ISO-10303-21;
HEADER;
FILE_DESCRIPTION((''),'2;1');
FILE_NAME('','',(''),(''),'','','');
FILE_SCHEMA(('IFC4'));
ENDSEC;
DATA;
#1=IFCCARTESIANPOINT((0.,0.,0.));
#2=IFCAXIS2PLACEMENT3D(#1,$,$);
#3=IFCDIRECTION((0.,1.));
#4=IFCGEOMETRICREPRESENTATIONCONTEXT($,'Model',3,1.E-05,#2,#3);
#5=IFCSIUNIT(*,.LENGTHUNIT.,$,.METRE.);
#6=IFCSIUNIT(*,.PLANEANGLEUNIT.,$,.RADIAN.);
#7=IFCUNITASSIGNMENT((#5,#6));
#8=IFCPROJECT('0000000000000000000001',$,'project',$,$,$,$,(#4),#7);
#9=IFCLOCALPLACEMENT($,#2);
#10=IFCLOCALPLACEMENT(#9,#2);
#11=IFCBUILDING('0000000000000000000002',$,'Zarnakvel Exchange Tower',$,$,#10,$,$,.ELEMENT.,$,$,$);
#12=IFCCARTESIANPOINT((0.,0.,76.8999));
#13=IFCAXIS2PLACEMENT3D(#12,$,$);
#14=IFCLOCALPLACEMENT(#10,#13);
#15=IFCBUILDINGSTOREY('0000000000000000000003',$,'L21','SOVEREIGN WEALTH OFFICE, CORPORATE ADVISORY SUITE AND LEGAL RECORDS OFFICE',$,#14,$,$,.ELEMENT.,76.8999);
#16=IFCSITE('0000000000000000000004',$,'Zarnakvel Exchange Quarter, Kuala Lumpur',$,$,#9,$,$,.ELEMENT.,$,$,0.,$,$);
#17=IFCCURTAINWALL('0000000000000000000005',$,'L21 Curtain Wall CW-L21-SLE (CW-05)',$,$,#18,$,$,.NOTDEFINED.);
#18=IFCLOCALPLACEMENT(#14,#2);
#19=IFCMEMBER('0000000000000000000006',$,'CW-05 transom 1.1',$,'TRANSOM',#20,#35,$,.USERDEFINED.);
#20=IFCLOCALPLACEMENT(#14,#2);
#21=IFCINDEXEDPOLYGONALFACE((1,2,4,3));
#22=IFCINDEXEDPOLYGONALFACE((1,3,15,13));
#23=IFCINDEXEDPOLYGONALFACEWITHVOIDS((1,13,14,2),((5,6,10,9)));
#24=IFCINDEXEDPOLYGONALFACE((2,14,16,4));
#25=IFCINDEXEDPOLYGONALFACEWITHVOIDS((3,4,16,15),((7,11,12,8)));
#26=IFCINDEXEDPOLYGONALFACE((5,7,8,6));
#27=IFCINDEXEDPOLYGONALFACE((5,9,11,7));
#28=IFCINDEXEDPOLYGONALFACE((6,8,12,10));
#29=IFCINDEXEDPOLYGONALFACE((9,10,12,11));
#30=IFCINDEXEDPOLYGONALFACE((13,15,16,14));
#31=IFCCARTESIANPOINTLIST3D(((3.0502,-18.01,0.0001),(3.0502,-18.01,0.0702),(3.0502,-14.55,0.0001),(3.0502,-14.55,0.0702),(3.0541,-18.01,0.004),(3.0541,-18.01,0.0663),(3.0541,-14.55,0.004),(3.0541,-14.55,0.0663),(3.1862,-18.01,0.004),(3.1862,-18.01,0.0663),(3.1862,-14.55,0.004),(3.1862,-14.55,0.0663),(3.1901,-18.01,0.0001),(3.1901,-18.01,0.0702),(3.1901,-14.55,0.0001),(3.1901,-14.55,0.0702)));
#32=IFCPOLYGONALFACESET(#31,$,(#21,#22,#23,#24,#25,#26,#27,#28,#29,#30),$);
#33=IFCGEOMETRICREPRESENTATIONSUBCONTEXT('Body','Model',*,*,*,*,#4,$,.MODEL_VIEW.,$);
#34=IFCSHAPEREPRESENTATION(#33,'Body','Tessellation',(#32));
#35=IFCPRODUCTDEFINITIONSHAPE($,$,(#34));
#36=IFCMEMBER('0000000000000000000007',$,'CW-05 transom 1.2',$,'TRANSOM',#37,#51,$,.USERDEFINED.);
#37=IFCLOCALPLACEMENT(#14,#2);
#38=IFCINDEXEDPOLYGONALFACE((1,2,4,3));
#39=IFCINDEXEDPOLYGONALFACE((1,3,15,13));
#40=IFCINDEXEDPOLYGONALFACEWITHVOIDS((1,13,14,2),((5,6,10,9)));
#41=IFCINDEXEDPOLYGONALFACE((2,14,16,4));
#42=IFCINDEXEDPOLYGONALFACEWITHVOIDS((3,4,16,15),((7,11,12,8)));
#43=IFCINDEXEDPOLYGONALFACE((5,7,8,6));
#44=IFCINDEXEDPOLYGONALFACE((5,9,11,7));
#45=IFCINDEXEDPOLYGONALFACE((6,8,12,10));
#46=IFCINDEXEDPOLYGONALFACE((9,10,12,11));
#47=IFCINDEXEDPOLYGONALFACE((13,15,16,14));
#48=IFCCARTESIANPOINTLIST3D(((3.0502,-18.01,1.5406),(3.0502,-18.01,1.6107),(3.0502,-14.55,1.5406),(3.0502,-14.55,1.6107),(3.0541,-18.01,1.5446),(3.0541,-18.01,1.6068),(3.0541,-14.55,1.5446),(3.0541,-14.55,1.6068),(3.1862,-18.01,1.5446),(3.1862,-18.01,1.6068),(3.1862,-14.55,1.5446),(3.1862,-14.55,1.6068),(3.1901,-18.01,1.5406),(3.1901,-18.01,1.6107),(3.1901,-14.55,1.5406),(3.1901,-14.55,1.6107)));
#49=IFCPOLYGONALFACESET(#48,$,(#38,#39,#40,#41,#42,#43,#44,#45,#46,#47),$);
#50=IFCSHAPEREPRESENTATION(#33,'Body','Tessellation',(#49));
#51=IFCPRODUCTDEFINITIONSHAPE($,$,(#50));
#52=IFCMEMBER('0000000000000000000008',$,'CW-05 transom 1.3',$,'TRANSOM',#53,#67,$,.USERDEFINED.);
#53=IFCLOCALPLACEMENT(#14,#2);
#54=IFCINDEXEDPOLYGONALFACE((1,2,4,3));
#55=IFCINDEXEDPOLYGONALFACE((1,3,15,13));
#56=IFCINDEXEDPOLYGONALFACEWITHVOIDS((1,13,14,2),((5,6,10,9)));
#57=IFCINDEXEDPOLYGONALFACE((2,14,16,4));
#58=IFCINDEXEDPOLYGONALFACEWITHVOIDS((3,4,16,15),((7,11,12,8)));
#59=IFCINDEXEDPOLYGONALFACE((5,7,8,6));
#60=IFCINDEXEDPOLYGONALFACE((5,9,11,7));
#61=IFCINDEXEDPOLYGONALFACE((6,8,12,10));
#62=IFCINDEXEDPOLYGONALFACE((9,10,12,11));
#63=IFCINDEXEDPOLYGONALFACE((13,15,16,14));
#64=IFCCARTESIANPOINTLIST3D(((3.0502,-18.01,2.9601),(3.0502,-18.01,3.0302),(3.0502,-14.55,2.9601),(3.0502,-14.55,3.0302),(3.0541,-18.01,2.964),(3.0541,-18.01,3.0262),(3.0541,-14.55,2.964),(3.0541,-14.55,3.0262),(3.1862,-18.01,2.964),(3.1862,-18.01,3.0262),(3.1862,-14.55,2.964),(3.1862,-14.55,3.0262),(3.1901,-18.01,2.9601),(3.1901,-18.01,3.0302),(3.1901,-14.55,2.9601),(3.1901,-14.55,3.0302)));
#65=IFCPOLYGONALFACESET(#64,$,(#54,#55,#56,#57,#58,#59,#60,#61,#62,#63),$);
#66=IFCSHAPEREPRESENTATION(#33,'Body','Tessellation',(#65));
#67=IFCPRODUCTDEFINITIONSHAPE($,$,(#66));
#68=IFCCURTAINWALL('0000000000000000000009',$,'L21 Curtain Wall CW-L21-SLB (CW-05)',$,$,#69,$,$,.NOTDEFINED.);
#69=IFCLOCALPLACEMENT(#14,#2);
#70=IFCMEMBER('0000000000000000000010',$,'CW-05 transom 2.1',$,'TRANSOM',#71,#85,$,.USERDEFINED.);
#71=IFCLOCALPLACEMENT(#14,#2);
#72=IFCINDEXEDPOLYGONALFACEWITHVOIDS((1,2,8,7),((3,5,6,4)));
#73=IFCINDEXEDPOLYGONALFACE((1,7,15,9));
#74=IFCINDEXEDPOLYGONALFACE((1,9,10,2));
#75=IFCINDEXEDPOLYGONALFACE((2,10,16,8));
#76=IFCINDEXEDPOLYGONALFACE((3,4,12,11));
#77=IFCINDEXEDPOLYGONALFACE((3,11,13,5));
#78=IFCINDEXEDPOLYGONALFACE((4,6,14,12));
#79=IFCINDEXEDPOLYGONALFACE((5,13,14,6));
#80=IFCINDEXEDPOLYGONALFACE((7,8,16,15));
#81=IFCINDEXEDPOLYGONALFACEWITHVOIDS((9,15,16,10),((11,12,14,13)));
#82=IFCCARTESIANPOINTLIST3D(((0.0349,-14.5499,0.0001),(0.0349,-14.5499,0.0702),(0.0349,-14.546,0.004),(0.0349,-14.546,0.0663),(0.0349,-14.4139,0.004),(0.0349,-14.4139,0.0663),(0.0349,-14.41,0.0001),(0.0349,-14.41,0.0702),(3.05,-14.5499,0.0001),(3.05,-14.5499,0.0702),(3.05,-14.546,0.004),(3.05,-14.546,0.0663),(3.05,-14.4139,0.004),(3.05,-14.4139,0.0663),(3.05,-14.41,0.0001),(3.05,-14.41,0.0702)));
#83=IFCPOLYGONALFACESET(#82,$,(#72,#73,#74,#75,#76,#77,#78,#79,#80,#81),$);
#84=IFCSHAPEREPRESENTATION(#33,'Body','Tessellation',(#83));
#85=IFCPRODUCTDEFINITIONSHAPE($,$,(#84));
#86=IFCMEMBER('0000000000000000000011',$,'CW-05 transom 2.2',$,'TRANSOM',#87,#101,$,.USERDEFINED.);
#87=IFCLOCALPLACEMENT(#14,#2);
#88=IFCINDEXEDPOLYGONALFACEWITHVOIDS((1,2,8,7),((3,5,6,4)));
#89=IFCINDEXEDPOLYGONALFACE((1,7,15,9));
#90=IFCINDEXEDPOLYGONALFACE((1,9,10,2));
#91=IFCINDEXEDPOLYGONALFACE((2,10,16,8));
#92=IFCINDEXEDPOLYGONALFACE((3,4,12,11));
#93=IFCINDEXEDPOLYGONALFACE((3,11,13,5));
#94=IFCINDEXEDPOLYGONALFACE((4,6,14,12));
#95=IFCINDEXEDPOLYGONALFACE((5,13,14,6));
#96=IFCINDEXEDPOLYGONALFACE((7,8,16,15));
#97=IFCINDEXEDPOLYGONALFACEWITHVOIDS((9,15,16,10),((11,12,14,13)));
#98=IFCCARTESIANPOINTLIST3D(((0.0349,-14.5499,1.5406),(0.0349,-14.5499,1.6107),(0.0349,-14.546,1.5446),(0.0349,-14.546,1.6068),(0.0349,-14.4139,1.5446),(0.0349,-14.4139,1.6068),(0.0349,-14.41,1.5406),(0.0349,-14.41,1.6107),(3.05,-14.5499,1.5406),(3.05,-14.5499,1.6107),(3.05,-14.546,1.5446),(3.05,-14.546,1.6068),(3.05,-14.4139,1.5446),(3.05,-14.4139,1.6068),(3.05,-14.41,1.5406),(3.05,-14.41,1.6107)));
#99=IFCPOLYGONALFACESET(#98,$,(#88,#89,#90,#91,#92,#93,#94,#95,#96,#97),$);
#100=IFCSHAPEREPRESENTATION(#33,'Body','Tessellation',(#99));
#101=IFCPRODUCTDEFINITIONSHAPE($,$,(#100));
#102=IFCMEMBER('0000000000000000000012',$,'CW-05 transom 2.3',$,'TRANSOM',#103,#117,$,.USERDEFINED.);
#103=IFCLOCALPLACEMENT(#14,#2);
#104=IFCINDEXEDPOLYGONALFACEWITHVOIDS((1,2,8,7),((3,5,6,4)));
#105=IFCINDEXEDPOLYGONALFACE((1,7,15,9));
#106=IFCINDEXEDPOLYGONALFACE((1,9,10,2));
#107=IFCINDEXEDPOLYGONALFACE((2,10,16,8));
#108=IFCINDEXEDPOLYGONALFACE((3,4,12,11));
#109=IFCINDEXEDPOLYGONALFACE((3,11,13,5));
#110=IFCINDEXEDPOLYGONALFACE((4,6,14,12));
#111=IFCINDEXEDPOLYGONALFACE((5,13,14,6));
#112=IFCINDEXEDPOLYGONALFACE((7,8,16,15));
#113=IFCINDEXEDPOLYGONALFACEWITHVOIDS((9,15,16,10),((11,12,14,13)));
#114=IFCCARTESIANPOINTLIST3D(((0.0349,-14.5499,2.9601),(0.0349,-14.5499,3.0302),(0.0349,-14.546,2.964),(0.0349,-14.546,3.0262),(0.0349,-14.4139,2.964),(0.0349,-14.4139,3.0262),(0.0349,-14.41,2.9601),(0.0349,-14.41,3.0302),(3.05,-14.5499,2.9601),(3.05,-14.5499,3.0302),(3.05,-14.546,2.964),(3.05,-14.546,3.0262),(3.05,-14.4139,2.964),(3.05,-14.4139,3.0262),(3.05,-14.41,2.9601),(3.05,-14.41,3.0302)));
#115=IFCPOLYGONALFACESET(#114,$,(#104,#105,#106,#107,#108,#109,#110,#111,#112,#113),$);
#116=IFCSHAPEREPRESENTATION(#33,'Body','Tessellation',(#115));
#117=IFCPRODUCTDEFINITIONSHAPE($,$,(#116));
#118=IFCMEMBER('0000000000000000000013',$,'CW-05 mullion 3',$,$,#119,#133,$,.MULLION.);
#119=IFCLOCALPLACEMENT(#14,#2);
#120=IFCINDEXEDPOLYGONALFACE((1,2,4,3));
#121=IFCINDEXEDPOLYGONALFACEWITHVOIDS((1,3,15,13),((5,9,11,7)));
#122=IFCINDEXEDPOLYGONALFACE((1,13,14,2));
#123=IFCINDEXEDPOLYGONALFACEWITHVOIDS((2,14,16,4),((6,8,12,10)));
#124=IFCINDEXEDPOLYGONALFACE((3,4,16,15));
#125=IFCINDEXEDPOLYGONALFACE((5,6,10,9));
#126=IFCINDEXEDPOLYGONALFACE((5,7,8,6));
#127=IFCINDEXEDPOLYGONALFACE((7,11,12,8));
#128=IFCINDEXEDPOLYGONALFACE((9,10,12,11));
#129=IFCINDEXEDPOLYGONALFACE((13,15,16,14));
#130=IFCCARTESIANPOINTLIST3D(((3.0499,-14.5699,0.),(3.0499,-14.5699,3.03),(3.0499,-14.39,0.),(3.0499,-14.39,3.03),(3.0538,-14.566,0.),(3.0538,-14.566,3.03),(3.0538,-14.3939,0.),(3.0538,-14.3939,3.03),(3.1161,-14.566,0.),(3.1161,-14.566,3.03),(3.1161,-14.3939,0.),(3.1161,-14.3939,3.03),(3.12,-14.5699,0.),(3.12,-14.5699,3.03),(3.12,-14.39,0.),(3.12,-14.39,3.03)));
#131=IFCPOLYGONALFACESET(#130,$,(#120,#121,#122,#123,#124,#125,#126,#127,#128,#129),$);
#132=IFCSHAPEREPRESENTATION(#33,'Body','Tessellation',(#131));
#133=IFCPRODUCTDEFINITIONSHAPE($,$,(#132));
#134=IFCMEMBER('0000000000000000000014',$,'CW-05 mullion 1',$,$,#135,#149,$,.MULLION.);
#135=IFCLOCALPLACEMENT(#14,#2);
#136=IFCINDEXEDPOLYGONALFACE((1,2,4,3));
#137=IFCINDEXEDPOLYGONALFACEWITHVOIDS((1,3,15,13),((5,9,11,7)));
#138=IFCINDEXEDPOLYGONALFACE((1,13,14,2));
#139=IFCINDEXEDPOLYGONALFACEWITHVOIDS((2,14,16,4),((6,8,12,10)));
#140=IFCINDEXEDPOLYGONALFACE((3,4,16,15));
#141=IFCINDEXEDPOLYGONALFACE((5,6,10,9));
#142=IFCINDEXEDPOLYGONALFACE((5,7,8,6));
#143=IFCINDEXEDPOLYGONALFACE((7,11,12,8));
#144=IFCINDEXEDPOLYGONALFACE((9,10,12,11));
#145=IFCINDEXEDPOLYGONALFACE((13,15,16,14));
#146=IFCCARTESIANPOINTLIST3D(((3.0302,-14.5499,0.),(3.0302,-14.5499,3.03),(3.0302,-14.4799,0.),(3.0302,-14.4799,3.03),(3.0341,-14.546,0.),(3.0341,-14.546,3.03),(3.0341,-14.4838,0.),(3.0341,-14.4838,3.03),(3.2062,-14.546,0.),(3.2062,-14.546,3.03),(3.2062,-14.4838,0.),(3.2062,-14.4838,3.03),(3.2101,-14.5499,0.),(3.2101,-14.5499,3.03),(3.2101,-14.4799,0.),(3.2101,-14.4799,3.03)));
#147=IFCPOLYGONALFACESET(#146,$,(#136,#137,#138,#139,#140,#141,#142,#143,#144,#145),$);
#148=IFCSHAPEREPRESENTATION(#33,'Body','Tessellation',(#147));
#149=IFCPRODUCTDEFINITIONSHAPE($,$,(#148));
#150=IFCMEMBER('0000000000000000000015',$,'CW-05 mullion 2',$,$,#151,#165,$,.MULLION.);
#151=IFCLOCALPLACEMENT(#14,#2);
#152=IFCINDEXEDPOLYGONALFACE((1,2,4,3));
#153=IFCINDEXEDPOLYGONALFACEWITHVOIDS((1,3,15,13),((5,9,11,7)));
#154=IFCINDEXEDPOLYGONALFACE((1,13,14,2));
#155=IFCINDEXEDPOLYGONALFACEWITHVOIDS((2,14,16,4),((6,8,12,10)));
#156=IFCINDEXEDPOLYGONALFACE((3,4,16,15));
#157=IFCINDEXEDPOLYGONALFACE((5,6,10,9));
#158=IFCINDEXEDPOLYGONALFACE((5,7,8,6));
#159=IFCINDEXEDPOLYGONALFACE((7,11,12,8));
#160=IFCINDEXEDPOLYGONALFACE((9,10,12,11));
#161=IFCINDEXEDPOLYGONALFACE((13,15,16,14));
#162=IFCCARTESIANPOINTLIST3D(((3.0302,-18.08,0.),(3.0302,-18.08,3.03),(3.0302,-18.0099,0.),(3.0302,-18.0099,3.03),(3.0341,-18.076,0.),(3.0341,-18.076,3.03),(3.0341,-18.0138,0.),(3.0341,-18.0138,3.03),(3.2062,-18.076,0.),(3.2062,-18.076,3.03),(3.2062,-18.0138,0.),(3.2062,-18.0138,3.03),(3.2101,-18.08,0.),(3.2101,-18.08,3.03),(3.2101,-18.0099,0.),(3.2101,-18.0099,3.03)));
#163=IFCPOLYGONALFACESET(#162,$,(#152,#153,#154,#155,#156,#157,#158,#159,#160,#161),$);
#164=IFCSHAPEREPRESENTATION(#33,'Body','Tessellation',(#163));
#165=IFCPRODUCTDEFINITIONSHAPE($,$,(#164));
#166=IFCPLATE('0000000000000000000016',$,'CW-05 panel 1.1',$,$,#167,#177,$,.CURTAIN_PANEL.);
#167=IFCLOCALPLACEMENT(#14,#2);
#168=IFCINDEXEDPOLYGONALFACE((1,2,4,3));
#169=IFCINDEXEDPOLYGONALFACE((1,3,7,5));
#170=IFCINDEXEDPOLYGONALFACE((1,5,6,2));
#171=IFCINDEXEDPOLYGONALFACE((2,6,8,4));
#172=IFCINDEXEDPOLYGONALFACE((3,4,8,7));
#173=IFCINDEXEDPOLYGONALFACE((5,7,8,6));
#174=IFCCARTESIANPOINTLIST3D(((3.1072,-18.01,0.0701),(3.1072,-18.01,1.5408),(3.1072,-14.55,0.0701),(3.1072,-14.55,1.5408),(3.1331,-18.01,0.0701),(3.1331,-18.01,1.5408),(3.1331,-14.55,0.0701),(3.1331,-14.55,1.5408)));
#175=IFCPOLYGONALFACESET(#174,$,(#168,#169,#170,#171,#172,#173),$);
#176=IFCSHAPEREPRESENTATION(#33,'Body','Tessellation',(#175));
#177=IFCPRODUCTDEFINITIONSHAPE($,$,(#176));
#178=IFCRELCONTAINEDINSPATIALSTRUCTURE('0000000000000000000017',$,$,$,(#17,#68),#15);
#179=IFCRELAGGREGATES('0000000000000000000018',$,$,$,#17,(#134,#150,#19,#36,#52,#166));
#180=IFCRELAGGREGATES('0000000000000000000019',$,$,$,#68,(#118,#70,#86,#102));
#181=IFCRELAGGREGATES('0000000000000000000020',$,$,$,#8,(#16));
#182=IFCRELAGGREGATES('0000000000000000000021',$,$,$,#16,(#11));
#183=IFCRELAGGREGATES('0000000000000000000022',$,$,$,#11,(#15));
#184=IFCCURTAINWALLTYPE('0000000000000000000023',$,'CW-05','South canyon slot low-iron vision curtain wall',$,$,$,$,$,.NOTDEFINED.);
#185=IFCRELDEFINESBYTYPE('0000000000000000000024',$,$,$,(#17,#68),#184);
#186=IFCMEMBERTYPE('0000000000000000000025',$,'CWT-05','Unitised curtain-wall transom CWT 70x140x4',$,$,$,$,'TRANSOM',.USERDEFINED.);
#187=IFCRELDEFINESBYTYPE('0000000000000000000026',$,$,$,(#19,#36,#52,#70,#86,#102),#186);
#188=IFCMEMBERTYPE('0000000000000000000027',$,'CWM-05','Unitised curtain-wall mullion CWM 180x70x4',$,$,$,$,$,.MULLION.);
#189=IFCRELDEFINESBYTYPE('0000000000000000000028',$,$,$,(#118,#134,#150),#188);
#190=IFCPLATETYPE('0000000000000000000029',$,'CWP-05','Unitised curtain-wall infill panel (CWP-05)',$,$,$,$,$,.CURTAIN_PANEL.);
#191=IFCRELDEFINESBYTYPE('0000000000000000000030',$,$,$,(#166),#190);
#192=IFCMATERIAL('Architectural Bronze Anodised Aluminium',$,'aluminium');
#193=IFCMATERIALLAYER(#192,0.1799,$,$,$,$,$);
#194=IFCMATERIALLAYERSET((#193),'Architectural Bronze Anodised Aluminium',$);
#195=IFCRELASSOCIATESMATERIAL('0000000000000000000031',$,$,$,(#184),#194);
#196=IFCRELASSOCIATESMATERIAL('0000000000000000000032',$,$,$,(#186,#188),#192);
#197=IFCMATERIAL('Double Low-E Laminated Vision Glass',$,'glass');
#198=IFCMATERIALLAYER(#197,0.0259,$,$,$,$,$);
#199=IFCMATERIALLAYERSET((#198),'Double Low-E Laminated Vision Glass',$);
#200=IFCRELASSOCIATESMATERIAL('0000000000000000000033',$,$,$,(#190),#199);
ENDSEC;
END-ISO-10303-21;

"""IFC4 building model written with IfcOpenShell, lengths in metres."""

from ifc_helpers import new_model, si_unit, direction, frame, origin, origin_2d, place, context, subcontext, project, spatial, rectangle, hollow_rectangle, extrude, source, transform, mapped, material, layer, layer_set, material_profile, profile_set, type_object, element, aggregate, save


model = new_model("IFC4")

# Units and contexts
model_context = context("Model", 3, precision=1e-05, world=origin(), true_north=direction((0.0, 1.0)))
body_context = subcontext(model_context, "Body", "Model", "MODEL_VIEW")
ifc_project = project(units=[si_unit("LENGTHUNIT", "METRE"), si_unit("PLANEANGLEUNIT", "RADIAN")], contexts=[model_context])

# Site, building, storey
site_placement = place(None, origin())
site = spatial("IfcSite", under=ifc_project, at=site_placement, Name="Zarnakvel Exchange Quarter, Kuala Lumpur", CompositionType="ELEMENT", RefElevation=0.0)
building_placement = place(site_placement, origin())
building = spatial("IfcBuilding", under=site, at=building_placement, Name="Zarnakvel Exchange Tower", CompositionType="ELEMENT")
storey_placement = place(building_placement, frame((0.0, 0.0, 76.8999)))
storey = spatial("IfcBuildingStorey", under=building, at=storey_placement, Name="L21", Description="SOVEREIGN WEALTH OFFICE, CORPORATE ADVISORY SUITE AND LEGAL RECORDS OFFICE", CompositionType="ELEMENT", Elevation=76.8999)

# Curtain walls, members
ifc_material_1 = material(Name="Architectural Bronze Anodised Aluminium", Category="aluminium")
ifc_layer_1 = layer(ifc_material_1, 0.1799)
ifc_layer_set_1 = layer_set([ifc_layer_1], Name="Architectural Bronze Anodised Aluminium")
curtain_wall_type = type_object("IfcCurtainWallType", Name="CW-05", Description="South canyon slot low-iron vision curtain wall", PredefinedType="NOTDEFINED", material=ifc_layer_set_1)
curtain_wall_1_placement = place(storey_placement, origin())
curtain_wall_1 = element("IfcCurtainWall", 1, at=curtain_wall_1_placement, inside=storey, type_object=curtain_wall_type, Name="L21 Curtain Wall CW-L21-SLE (CW-05)", PredefinedType="NOTDEFINED")
ifc_material_profile_1 = material_profile(ifc_material_1, hollow_rectangle(XDim=0.1399, YDim=0.0701, WallThickness=0.0039, at=origin_2d()))
ifc_profile_set_1 = profile_set([ifc_material_profile_1], Name="Architectural Bronze Anodised Aluminium")
member_type_1 = type_object("IfcMemberType", Name="CWT-05", Description="Unitised curtain-wall transom CWT 70x140x4", ElementType="TRANSOM", PredefinedType="USERDEFINED", material=ifc_profile_set_1)
shared_shape_1 = source(origin(), body_context, "Body", "SweptSolid", [
    extrude(hollow_rectangle(XDim=0.1399, YDim=0.0701, WallThickness=0.0039, at=origin_2d()), origin(), (0.0, 0.0, 1.0), 3.46),
])
member_1_placement = place(storey_placement, frame((3.1201, -14.55, 0.0352), z_axis=(0.0, -1.0, 0.0), x_axis=(1.0, 0.0, 0.0)))
member_1 = element("IfcMember", 2, at=member_1_placement, type_object=member_type_1, Name="CW-05 transom 1.1", ObjectType="TRANSOM", PredefinedType="USERDEFINED", context=body_context, shape_type="MappedRepresentation", body=[
    mapped(shared_shape_1, transform((0.0, 0.0, 0.0), x_axis=(1.0, 0.0, 0.0), y_axis=(0.0, 1.0, 0.0), z_axis=(0.0, 0.0, 1.0), scale=1.0)),
])
member_2_placement = place(storey_placement, frame((3.1201, -14.55, 1.5757), z_axis=(0.0, -1.0, 0.0), x_axis=(1.0, 0.0, 0.0)))
member_2 = element("IfcMember", 3, at=member_2_placement, type_object=member_type_1, Name="CW-05 transom 1.2", ObjectType="TRANSOM", PredefinedType="USERDEFINED", context=body_context, shape_type="MappedRepresentation", body=[
    mapped(shared_shape_1, transform((0.0, 0.0, 0.0), x_axis=(1.0, 0.0, 0.0), y_axis=(0.0, 1.0, 0.0), z_axis=(0.0, 0.0, 1.0), scale=1.0)),
])
member_3_placement = place(storey_placement, frame((3.1201, -14.55, 2.9951), z_axis=(0.0, -1.0, 0.0), x_axis=(1.0, 0.0, 0.0)))
member_3 = element("IfcMember", 4, at=member_3_placement, type_object=member_type_1, Name="CW-05 transom 1.3", ObjectType="TRANSOM", PredefinedType="USERDEFINED", context=body_context, shape_type="MappedRepresentation", body=[
    mapped(shared_shape_1, transform((0.0, 0.0, 0.0), x_axis=(1.0, 0.0, 0.0), y_axis=(0.0, 1.0, 0.0), z_axis=(0.0, 0.0, 1.0), scale=1.0)),
])
curtain_wall_2_placement = place(storey_placement, origin())
curtain_wall_2 = element("IfcCurtainWall", 5, at=curtain_wall_2_placement, inside=storey, type_object=curtain_wall_type, Name="L21 Curtain Wall CW-L21-SLB (CW-05)", PredefinedType="NOTDEFINED")
shared_shape_2 = source(origin(), body_context, "Body", "SweptSolid", [
    extrude(hollow_rectangle(XDim=0.1399, YDim=0.0701, WallThickness=0.0039, at=origin_2d()), origin(), (0.0, 0.0, 1.0), 3.0151),
])
member_4_placement = place(storey_placement, frame((0.0349, -14.48, 0.0352), z_axis=(1.0, 0.0, 0.0), x_axis=(0.0, 1.0, 0.0)))
member_4 = element("IfcMember", 6, at=member_4_placement, type_object=member_type_1, Name="CW-05 transom 2.1", ObjectType="TRANSOM", PredefinedType="USERDEFINED", context=body_context, shape_type="MappedRepresentation", body=[
    mapped(shared_shape_2, transform((0.0, 0.0, 0.0), x_axis=(1.0, 0.0, 0.0), y_axis=(0.0, 1.0, 0.0), z_axis=(0.0, 0.0, 1.0), scale=1.0)),
])
member_5_placement = place(storey_placement, frame((0.0349, -14.48, 1.5757), z_axis=(1.0, 0.0, 0.0), x_axis=(0.0, 1.0, 0.0)))
member_5 = element("IfcMember", 7, at=member_5_placement, type_object=member_type_1, Name="CW-05 transom 2.2", ObjectType="TRANSOM", PredefinedType="USERDEFINED", context=body_context, shape_type="MappedRepresentation", body=[
    mapped(shared_shape_2, transform((0.0, 0.0, 0.0), x_axis=(1.0, 0.0, 0.0), y_axis=(0.0, 1.0, 0.0), z_axis=(0.0, 0.0, 1.0), scale=1.0)),
])
member_6_placement = place(storey_placement, frame((0.0349, -14.48, 2.9951), z_axis=(1.0, 0.0, 0.0), x_axis=(0.0, 1.0, 0.0)))
member_6 = element("IfcMember", 8, at=member_6_placement, type_object=member_type_1, Name="CW-05 transom 2.3", ObjectType="TRANSOM", PredefinedType="USERDEFINED", context=body_context, shape_type="MappedRepresentation", body=[
    mapped(shared_shape_2, transform((0.0, 0.0, 0.0), x_axis=(1.0, 0.0, 0.0), y_axis=(0.0, 1.0, 0.0), z_axis=(0.0, 0.0, 1.0), scale=1.0)),
])
ifc_material_profile_2 = material_profile(ifc_material_1, hollow_rectangle(XDim=0.1799, YDim=0.0701, WallThickness=0.0039, at=origin_2d()))
ifc_profile_set_2 = profile_set([ifc_material_profile_2], Name="Architectural Bronze Anodised Aluminium")
member_type_2 = type_object("IfcMemberType", Name="CWM-05", Description="Unitised curtain-wall mullion CWM 180x70x4", PredefinedType="MULLION", material=ifc_profile_set_2)
shared_shape_3 = source(origin(), body_context, "Body", "SweptSolid", [
    extrude(hollow_rectangle(XDim=0.1799, YDim=0.0701, WallThickness=0.0039, at=origin_2d()), origin(), (0.0, 0.0, 1.0), 3.03),
])
member_7_placement = place(storey_placement, frame((3.085, -14.48, 0.0), z_axis=(0.0, 0.0, 1.0), x_axis=(0.0, 1.0, 0.0)))
member_7 = element("IfcMember", 9, at=member_7_placement, type_object=member_type_2, Name="CW-05 mullion 3", PredefinedType="MULLION", context=body_context, shape_type="MappedRepresentation", body=[
    mapped(shared_shape_3, transform((0.0, 0.0, 0.0), x_axis=(1.0, 0.0, 0.0), y_axis=(0.0, 1.0, 0.0), z_axis=(0.0, 0.0, 1.0), scale=1.0)),
])

# Members
member_8_placement = place(storey_placement, frame((3.1201, -14.5149, 0.0), z_axis=(0.0, 0.0, 1.0), x_axis=(1.0, 0.0, 0.0)))
member_8 = element("IfcMember", 10, at=member_8_placement, type_object=member_type_2, Name="CW-05 mullion 1", PredefinedType="MULLION", context=body_context, shape_type="MappedRepresentation", body=[
    mapped(shared_shape_3, transform((0.0, 0.0, 0.0), x_axis=(1.0, 0.0, 0.0), y_axis=(0.0, 1.0, 0.0), z_axis=(0.0, 0.0, 1.0), scale=1.0)),
])
member_9_placement = place(storey_placement, frame((3.1201, -18.0449, 0.0), z_axis=(0.0, 0.0, 1.0), x_axis=(1.0, 0.0, 0.0)))
member_9 = element("IfcMember", 11, at=member_9_placement, type_object=member_type_2, Name="CW-05 mullion 2", PredefinedType="MULLION", context=body_context, shape_type="MappedRepresentation", body=[
    mapped(shared_shape_3, transform((0.0, 0.0, 0.0), x_axis=(1.0, 0.0, 0.0), y_axis=(0.0, 1.0, 0.0), z_axis=(0.0, 0.0, 1.0), scale=1.0)),
])

# Plate
ifc_material_2 = material(Name="Double Low-E Laminated Vision Glass", Category="glass")
ifc_layer_2 = layer(ifc_material_2, 0.0259)
ifc_layer_set_2 = layer_set([ifc_layer_2], Name="Double Low-E Laminated Vision Glass")
plate_type = type_object("IfcPlateType", Name="CWP-05", Description="Unitised curtain-wall infill panel (CWP-05)", PredefinedType="CURTAIN_PANEL", material=ifc_layer_set_2)
shared_shape_4 = source(origin(), body_context, "Body", "SweptSolid", [
    extrude(rectangle(XDim=3.46, YDim=0.0259, at=origin_2d()), origin(), (0.0, 0.0, 1.0), 1.4707),
])
plate_1_placement = place(storey_placement, frame((3.1201, -16.28, 0.0701), z_axis=(0.0, 0.0, 1.0), x_axis=(0.0, -1.0, 0.0)))
plate_1 = element("IfcPlate", 12, at=plate_1_placement, type_object=plate_type, Name="CW-05 panel 1.1", PredefinedType="CURTAIN_PANEL", context=body_context, shape_type="MappedRepresentation", body=[
    mapped(shared_shape_4, transform((0.0, 0.0, 0.0), x_axis=(1.0, 0.0, 0.0), y_axis=(0.0, 1.0, 0.0), z_axis=(0.0, 0.0, 1.0), scale=1.0)),
])
aggregate(curtain_wall_1, [member_8, member_9, member_1, member_2, member_3, plate_1])
aggregate(curtain_wall_2, [member_7, member_4, member_5, member_6])

save(model, "model.ifc")
